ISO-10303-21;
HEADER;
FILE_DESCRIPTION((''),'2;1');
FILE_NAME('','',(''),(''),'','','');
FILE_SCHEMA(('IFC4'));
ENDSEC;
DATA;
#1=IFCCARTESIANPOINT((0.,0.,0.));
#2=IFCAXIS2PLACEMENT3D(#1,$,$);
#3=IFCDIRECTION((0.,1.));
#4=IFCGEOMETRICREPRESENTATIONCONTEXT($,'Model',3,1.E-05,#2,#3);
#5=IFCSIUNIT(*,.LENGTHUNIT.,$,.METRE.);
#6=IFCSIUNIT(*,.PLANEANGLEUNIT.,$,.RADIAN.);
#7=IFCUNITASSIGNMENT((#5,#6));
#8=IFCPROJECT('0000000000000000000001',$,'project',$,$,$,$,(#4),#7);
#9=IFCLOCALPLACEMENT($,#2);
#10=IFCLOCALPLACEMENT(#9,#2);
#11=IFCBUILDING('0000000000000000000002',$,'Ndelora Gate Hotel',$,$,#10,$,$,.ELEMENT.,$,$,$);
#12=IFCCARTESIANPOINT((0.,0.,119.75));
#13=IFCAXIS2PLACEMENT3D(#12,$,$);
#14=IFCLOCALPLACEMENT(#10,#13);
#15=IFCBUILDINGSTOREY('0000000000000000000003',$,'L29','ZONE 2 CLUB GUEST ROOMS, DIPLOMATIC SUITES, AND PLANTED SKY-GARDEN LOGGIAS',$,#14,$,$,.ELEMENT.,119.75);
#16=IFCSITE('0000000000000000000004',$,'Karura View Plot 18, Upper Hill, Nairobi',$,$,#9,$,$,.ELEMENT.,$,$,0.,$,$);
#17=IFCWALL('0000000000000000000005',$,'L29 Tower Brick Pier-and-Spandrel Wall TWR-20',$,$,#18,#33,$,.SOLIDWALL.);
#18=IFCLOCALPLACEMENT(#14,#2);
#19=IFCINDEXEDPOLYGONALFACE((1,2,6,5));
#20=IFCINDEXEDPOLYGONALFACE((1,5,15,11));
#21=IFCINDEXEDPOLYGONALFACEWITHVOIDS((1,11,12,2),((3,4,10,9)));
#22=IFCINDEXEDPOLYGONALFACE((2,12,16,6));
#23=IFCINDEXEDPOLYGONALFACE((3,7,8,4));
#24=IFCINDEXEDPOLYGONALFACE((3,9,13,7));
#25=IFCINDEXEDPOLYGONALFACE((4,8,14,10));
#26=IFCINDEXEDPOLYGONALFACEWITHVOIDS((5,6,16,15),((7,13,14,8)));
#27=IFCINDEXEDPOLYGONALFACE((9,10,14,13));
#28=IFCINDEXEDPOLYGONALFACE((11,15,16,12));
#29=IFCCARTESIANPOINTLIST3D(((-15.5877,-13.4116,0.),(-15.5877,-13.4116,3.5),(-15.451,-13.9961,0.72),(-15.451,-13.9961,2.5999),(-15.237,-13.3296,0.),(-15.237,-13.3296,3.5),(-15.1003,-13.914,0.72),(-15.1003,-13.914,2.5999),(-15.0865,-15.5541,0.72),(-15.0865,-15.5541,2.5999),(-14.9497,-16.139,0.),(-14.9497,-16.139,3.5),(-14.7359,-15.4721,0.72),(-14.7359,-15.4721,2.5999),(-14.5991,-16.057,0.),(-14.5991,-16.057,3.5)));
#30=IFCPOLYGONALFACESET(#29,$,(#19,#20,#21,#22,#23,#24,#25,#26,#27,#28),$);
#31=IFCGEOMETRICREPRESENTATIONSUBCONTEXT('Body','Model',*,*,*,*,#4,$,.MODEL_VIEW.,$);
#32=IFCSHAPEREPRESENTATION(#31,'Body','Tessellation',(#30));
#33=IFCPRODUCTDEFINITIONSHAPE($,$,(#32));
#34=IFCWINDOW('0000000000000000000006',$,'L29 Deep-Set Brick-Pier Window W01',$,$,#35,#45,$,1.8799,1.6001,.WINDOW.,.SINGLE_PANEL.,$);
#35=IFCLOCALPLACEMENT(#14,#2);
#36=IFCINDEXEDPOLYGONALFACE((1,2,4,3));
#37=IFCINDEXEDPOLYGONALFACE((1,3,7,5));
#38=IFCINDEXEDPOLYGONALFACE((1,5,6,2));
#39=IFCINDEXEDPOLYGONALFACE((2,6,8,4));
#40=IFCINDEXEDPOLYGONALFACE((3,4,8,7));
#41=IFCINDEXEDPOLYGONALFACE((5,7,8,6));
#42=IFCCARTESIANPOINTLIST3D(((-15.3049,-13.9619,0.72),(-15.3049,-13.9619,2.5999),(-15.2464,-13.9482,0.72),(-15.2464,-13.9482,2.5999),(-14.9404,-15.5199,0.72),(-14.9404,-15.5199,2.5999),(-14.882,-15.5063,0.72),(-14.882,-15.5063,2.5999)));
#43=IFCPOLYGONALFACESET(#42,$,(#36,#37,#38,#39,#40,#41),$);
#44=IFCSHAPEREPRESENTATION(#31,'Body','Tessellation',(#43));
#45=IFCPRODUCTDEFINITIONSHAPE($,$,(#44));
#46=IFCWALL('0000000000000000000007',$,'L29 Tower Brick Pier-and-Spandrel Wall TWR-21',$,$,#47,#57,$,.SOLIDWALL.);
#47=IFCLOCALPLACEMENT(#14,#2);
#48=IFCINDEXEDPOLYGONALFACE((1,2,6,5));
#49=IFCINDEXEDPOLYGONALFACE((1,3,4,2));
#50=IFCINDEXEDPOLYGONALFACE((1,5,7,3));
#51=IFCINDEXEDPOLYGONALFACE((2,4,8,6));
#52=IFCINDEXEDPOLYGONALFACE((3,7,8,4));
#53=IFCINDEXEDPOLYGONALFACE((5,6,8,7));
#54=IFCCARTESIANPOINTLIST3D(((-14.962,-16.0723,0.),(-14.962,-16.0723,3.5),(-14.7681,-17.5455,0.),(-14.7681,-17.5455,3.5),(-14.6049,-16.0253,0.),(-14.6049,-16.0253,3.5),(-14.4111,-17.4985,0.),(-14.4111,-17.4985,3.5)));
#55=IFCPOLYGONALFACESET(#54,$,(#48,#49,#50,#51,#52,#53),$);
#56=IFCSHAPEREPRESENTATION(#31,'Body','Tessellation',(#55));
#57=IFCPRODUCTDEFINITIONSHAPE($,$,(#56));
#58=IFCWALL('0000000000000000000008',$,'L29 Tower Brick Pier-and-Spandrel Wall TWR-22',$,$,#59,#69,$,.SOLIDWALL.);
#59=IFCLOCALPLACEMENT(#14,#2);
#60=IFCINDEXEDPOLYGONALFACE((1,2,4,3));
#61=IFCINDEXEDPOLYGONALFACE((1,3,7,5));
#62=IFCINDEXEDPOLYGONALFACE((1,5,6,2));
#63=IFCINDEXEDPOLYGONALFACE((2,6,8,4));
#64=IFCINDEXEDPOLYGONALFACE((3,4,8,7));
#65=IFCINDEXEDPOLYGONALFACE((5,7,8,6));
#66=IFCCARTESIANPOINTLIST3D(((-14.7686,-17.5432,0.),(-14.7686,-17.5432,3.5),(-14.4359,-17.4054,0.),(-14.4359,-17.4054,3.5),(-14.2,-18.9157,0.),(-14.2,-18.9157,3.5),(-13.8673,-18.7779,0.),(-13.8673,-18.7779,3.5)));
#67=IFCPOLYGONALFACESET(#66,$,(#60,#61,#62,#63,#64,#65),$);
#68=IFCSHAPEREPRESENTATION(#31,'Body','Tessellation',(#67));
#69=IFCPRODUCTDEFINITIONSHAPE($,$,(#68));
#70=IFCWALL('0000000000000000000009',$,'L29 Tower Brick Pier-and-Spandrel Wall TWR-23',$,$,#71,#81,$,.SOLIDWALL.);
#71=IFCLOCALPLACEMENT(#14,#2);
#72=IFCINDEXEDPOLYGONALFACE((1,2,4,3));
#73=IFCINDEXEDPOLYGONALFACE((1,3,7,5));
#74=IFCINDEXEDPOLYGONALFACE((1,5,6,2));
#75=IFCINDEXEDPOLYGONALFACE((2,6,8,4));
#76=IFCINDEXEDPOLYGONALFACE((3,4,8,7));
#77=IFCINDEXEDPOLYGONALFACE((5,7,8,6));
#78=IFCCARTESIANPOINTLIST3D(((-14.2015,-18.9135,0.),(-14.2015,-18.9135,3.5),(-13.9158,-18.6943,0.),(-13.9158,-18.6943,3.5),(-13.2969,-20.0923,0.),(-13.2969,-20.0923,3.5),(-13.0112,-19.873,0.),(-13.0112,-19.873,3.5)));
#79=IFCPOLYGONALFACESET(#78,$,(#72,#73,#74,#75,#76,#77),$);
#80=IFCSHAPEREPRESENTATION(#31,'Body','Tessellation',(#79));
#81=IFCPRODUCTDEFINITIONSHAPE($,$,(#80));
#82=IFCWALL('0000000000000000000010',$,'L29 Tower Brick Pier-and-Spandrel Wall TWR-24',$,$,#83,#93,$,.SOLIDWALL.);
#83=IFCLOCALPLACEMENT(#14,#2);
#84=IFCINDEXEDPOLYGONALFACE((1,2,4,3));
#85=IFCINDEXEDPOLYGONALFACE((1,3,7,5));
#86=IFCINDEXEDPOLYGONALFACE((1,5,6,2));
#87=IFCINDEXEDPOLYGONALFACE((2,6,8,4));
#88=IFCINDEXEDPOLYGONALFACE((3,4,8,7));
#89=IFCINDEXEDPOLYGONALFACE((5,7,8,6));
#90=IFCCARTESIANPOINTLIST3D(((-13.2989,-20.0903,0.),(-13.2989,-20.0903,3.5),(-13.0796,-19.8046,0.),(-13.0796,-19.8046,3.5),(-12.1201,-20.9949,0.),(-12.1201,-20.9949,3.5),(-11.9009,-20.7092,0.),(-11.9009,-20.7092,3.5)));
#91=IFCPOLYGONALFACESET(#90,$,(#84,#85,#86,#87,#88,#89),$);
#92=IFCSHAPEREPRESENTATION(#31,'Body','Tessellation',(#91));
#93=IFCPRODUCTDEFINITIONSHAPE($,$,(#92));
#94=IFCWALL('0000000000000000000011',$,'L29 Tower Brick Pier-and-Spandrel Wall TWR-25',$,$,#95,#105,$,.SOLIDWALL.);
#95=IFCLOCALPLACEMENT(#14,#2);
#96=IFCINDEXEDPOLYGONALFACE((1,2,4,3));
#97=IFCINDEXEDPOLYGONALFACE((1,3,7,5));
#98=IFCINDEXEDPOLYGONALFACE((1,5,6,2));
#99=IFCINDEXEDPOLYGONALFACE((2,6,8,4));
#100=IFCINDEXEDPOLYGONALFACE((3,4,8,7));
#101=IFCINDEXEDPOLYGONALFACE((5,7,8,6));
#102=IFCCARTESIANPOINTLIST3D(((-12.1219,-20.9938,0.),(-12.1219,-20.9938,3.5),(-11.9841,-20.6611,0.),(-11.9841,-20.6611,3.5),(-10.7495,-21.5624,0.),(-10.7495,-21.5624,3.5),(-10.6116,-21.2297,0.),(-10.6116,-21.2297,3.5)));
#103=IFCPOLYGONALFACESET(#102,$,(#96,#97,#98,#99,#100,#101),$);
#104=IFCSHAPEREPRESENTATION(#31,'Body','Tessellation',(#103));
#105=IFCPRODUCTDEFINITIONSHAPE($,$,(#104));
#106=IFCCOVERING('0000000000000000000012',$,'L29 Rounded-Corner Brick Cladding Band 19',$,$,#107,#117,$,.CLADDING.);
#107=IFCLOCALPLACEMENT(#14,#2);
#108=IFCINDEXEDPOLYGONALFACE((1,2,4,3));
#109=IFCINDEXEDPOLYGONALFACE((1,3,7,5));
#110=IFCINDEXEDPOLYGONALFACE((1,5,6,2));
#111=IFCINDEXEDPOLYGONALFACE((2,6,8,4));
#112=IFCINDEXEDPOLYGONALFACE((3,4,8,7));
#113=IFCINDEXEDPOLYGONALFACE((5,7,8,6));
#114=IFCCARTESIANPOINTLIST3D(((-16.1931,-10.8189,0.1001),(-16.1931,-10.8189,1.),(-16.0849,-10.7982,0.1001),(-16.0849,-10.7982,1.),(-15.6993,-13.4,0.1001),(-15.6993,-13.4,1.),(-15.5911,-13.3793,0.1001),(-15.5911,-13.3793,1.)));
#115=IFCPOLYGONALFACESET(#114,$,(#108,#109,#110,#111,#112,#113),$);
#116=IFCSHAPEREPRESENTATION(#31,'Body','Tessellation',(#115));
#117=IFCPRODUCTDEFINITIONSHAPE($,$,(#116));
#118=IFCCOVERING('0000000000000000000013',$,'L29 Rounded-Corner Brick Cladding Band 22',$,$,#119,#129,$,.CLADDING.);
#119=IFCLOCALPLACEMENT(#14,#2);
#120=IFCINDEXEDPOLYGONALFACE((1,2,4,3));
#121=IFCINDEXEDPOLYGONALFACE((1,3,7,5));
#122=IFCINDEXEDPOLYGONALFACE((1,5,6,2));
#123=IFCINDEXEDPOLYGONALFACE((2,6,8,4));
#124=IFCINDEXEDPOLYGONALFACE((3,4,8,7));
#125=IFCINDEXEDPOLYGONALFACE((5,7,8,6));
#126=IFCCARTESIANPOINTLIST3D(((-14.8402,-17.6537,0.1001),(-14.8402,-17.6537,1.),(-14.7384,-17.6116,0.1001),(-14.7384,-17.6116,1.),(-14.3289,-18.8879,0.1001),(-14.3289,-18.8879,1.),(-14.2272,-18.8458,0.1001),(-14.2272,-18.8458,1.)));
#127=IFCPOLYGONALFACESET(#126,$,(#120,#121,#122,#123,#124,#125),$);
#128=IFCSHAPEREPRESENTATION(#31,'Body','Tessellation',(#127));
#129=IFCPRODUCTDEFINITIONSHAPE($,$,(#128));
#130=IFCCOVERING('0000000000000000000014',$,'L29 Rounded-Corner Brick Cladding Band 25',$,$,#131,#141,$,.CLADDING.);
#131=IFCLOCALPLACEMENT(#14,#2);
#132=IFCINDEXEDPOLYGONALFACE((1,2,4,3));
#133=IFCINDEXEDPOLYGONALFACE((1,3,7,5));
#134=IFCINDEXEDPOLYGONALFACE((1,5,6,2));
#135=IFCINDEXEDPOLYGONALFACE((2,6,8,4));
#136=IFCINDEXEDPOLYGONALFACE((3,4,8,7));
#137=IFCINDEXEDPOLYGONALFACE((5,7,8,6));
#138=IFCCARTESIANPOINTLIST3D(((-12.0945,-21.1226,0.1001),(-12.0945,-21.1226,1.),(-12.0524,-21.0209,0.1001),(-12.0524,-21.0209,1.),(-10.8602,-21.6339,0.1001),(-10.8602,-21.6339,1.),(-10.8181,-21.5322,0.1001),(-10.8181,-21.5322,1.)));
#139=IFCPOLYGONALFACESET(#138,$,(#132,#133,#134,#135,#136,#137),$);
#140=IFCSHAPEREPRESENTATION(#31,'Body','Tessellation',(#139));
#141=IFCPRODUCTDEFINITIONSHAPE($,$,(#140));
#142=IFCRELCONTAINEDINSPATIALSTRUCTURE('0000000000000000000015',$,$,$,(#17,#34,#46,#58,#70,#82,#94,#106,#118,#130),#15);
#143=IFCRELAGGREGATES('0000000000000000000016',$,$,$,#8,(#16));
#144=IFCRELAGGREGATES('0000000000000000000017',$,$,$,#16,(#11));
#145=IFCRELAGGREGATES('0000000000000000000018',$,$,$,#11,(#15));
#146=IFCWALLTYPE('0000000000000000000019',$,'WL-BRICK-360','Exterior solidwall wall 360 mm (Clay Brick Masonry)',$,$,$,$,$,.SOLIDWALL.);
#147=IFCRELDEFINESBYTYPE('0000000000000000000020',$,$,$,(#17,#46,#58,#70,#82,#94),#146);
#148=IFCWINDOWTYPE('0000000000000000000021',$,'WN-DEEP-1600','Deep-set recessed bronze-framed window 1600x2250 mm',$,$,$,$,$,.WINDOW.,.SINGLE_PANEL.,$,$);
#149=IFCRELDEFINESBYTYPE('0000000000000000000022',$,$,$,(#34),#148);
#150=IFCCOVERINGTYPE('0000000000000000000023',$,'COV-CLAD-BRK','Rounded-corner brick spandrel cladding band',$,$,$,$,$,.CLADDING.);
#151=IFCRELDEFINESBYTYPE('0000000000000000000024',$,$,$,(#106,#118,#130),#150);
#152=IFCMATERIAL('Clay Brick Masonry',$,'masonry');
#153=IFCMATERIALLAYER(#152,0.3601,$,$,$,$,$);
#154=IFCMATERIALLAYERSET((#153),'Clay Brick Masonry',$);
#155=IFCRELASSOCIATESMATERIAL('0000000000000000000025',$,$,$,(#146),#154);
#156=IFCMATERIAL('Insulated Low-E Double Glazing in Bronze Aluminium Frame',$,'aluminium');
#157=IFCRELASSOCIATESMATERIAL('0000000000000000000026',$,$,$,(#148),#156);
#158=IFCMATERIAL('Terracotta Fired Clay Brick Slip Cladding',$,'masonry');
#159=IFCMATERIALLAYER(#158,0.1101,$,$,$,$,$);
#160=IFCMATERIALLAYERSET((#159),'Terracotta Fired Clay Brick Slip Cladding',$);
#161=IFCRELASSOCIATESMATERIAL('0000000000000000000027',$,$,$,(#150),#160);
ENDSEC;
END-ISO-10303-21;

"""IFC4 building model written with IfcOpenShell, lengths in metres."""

from ifc_helpers import new_model, si_unit, direction, frame, frame_2d, origin, origin_2d, place, context, subcontext, project, spatial, rectangle, extrude, material, layer, layer_set, type_object, element, fill, save


model = new_model("IFC4")

# Units and contexts
model_context = context("Model", 3, precision=1e-05, world=origin(), true_north=direction((0.0, 1.0)))
body_context = subcontext(model_context, "Body", "Model", "MODEL_VIEW")
ifc_project = project(units=[si_unit("LENGTHUNIT", "METRE"), si_unit("PLANEANGLEUNIT", "RADIAN")], contexts=[model_context])

# Site, building, storey
site_placement = place(None, origin())
site = spatial("IfcSite", under=ifc_project, at=site_placement, Name="Karura View Plot 18, Upper Hill, Nairobi", CompositionType="ELEMENT", RefElevation=0.0)
building_placement = place(site_placement, origin())
building = spatial("IfcBuilding", under=site, at=building_placement, Name="Ndelora Gate Hotel", CompositionType="ELEMENT")
storey_placement = place(building_placement, frame((0.0, 0.0, 119.75)))
storey = spatial("IfcBuildingStorey", under=building, at=storey_placement, Name="L29", Description="ZONE 2 CLUB GUEST ROOMS, DIPLOMATIC SUITES, AND PLANTED SKY-GARDEN LOGGIAS", CompositionType="ELEMENT", Elevation=119.75)

# Wall, opening, window
ifc_material_1 = material(Name="Clay Brick Masonry", Category="masonry")
ifc_layer_1 = layer(ifc_material_1, 0.3601)
ifc_layer_set_1 = layer_set([ifc_layer_1], Name="Clay Brick Masonry")
wall_type = type_object("IfcWallType", Name="WL-BRICK-360", Description="Exterior solidwall wall 360 mm (Clay Brick Masonry)", PredefinedType="SOLIDWALL", material=ifc_layer_set_1)
ifc_material_2 = material(Name="Insulated Low-E Double Glazing in Bronze Aluminium Frame", Category="aluminium")
window_type_1 = type_object("IfcWindowType", Name="WN-DEEP-1600", Description="Deep-set recessed bronze-framed window 1600x2250 mm", PartitioningType="SINGLE_PANEL", PredefinedType="WINDOW", material=ifc_material_2)
wall_1_placement = place(storey_placement, frame((-14.7744, -16.0979, 0.0), z_axis=(0.0, 0.0, 1.0), x_axis=(-0.227761, 0.973717, 0.0)))
wall_1 = element("IfcWall", 1, at=wall_1_placement, inside=storey, type_object=wall_type, Name="L29 Tower Brick Pier-and-Spandrel Wall TWR-20", PredefinedType="SOLIDWALL", context=body_context, shape_type="SweptSolid", body=[
    extrude(rectangle(XDim=2.801, YDim=0.3601, at=frame_2d((1.4004, 0.0))), origin(), (0.0, 0.0, 1.0), 3.5),
])
opening_1_placement = place(wall_1_placement, frame((0.6006, 0.0, 0.72)))
opening_1 = element("IfcOpeningElement", 2, at=opening_1_placement, cuts=wall_1, PredefinedType="OPENING", context=body_context, shape_type="SweptSolid", body=[
    extrude(rectangle(XDim=1.6001, YDim=1.8799, at=frame_2d((0.8, 0.9399))), frame((0.0, 0.1899, 0.0), z_axis=(0.0, -1.0, 0.0), x_axis=(1.0, 0.0, 0.0)), (0.0, 0.0, 1.0), 0.3801),
])
window_1_placement = place(opening_1_placement, origin())
window_1 = element("IfcWindow", 3, at=window_1_placement, inside=storey, type_object=window_type_1, Name="L29 Deep-Set Brick-Pier Window W01", OverallHeight=1.8799, OverallWidth=1.6001, PartitioningType="SINGLE_PANEL", PredefinedType="WINDOW", context=body_context, shape_type="SweptSolid", body=[
    extrude(rectangle(XDim=1.6001, YDim=1.8799, at=frame_2d((0.8, 0.9399))), frame((0.0, 0.03, 0.0), z_axis=(0.0, -1.0, 0.0), x_axis=(1.0, 0.0, 0.0)), (0.0, 0.0, 1.0), 0.0601),
])
fill(opening_1, window_1)

# Walls
wall_2_placement = place(storey_placement, frame((-14.5896, -17.522, 0.0), z_axis=(0.0, 0.0, 1.0), x_axis=(-0.130463, 0.991453, 0.0)))
element("IfcWall", 4, at=wall_2_placement, inside=storey, type_object=wall_type, Name="L29 Tower Brick Pier-and-Spandrel Wall TWR-21", PredefinedType="SOLIDWALL", context=body_context, shape_type="SweptSolid", body=[
    extrude(rectangle(XDim=1.4858, YDim=0.3601, at=frame_2d((0.7429, 0.0))), origin(), (0.0, 0.0, 1.0), 3.5),
])
wall_3_placement = place(storey_placement, frame((-14.0337, -18.8467, 0.0), z_axis=(0.0, 0.0, 1.0), x_axis=(-0.382724, 0.923863, 0.0)))
element("IfcWall", 5, at=wall_3_placement, inside=storey, type_object=wall_type, Name="L29 Tower Brick Pier-and-Spandrel Wall TWR-22", PredefinedType="SOLIDWALL", context=body_context, shape_type="SweptSolid", body=[
    extrude(rectangle(XDim=1.4856, YDim=0.3601, at=frame_2d((0.7427, 0.0))), origin(), (0.0, 0.0, 1.0), 3.5),
])
for number, where, z_axis, x_axis, name in (
    (6, (-13.1541, -19.9827, 0.0), (0.0, 0.0, 1.0), (-0.608797, 0.793326, 0.0), "L29 Tower Brick Pier-and-Spandrel Wall TWR-23"),
    (7, (-12.0105, -20.8521, 0.0), (0.0, 0.0, 1.0), (-0.793326, 0.608797, 0.0), "L29 Tower Brick Pier-and-Spandrel Wall TWR-24"),
):
    element("IfcWall", number, at=place(storey_placement, frame(where, z_axis=z_axis, x_axis=x_axis)), inside=storey, type_object=wall_type, Name=name, PredefinedType="SOLIDWALL", context=body_context, shape_type="SweptSolid", body=[
        extrude(rectangle(XDim=1.4858, YDim=0.3601, at=frame_2d((0.7429, 0.0))), origin(), (0.0, 0.0, 1.0), 3.5),
    ])
wall_4_placement = place(storey_placement, frame((-10.6807, -21.396, 0.0), z_axis=(0.0, 0.0, 1.0), x_axis=(-0.923863, 0.382724, 0.0)))
element("IfcWall", 8, at=wall_4_placement, inside=storey, type_object=wall_type, Name="L29 Tower Brick Pier-and-Spandrel Wall TWR-25", PredefinedType="SOLIDWALL", context=body_context, shape_type="SweptSolid", body=[
    extrude(rectangle(XDim=1.4856, YDim=0.3601, at=frame_2d((0.7427, 0.0))), origin(), (0.0, 0.0, 1.0), 3.5),
])

# Coverings
ifc_material_3 = material(Name="Terracotta Fired Clay Brick Slip Cladding", Category="masonry")
ifc_layer_2 = layer(ifc_material_3, 0.1101)
ifc_layer_set_2 = layer_set([ifc_layer_2], Name="Terracotta Fired Clay Brick Slip Cladding")
covering_type = type_object("IfcCoveringType", Name="COV-CLAD-BRK", Description="Rounded-corner brick spandrel cladding band", PredefinedType="CLADDING", material=ifc_layer_set_2)
covering_placement = place(storey_placement, frame((-15.8921, -12.0991, 0.1001), z_axis=(0.0, 0.0, 1.0), x_axis=(-0.187896, 0.982189, 0.0)))
element("IfcCovering", 9, at=covering_placement, inside=storey, type_object=covering_type, Name="L29 Rounded-Corner Brick Cladding Band 19", PredefinedType="CLADDING", context=body_context, shape_type="SweptSolid", body=[
    extrude(rectangle(XDim=2.6279, YDim=0.1101, at=origin_2d()), origin(), (0.0, 0.0, 1.0), 0.8999),
])
for number, where, z_axis, x_axis, name in (
    (10, (-14.5337, -18.2498, 0.1001), (0.0, 0.0, 1.0), (-0.382683, 0.92388, 0.0), "L29 Rounded-Corner Brick Cladding Band 22"),
    (11, (-11.4563, -21.3274, 0.1001), (0.0, 0.0, 1.0), (-0.92388, 0.382683, 0.0), "L29 Rounded-Corner Brick Cladding Band 25"),
):
    element("IfcCovering", number, at=place(storey_placement, frame(where, z_axis=z_axis, x_axis=x_axis)), inside=storey, type_object=covering_type, Name=name, PredefinedType="CLADDING", context=body_context, shape_type="SweptSolid", body=[
        extrude(rectangle(XDim=1.3359, YDim=0.1101, at=origin_2d()), origin(), (0.0, 0.0, 1.0), 0.8999),
    ])

save(model, "model.ifc")
